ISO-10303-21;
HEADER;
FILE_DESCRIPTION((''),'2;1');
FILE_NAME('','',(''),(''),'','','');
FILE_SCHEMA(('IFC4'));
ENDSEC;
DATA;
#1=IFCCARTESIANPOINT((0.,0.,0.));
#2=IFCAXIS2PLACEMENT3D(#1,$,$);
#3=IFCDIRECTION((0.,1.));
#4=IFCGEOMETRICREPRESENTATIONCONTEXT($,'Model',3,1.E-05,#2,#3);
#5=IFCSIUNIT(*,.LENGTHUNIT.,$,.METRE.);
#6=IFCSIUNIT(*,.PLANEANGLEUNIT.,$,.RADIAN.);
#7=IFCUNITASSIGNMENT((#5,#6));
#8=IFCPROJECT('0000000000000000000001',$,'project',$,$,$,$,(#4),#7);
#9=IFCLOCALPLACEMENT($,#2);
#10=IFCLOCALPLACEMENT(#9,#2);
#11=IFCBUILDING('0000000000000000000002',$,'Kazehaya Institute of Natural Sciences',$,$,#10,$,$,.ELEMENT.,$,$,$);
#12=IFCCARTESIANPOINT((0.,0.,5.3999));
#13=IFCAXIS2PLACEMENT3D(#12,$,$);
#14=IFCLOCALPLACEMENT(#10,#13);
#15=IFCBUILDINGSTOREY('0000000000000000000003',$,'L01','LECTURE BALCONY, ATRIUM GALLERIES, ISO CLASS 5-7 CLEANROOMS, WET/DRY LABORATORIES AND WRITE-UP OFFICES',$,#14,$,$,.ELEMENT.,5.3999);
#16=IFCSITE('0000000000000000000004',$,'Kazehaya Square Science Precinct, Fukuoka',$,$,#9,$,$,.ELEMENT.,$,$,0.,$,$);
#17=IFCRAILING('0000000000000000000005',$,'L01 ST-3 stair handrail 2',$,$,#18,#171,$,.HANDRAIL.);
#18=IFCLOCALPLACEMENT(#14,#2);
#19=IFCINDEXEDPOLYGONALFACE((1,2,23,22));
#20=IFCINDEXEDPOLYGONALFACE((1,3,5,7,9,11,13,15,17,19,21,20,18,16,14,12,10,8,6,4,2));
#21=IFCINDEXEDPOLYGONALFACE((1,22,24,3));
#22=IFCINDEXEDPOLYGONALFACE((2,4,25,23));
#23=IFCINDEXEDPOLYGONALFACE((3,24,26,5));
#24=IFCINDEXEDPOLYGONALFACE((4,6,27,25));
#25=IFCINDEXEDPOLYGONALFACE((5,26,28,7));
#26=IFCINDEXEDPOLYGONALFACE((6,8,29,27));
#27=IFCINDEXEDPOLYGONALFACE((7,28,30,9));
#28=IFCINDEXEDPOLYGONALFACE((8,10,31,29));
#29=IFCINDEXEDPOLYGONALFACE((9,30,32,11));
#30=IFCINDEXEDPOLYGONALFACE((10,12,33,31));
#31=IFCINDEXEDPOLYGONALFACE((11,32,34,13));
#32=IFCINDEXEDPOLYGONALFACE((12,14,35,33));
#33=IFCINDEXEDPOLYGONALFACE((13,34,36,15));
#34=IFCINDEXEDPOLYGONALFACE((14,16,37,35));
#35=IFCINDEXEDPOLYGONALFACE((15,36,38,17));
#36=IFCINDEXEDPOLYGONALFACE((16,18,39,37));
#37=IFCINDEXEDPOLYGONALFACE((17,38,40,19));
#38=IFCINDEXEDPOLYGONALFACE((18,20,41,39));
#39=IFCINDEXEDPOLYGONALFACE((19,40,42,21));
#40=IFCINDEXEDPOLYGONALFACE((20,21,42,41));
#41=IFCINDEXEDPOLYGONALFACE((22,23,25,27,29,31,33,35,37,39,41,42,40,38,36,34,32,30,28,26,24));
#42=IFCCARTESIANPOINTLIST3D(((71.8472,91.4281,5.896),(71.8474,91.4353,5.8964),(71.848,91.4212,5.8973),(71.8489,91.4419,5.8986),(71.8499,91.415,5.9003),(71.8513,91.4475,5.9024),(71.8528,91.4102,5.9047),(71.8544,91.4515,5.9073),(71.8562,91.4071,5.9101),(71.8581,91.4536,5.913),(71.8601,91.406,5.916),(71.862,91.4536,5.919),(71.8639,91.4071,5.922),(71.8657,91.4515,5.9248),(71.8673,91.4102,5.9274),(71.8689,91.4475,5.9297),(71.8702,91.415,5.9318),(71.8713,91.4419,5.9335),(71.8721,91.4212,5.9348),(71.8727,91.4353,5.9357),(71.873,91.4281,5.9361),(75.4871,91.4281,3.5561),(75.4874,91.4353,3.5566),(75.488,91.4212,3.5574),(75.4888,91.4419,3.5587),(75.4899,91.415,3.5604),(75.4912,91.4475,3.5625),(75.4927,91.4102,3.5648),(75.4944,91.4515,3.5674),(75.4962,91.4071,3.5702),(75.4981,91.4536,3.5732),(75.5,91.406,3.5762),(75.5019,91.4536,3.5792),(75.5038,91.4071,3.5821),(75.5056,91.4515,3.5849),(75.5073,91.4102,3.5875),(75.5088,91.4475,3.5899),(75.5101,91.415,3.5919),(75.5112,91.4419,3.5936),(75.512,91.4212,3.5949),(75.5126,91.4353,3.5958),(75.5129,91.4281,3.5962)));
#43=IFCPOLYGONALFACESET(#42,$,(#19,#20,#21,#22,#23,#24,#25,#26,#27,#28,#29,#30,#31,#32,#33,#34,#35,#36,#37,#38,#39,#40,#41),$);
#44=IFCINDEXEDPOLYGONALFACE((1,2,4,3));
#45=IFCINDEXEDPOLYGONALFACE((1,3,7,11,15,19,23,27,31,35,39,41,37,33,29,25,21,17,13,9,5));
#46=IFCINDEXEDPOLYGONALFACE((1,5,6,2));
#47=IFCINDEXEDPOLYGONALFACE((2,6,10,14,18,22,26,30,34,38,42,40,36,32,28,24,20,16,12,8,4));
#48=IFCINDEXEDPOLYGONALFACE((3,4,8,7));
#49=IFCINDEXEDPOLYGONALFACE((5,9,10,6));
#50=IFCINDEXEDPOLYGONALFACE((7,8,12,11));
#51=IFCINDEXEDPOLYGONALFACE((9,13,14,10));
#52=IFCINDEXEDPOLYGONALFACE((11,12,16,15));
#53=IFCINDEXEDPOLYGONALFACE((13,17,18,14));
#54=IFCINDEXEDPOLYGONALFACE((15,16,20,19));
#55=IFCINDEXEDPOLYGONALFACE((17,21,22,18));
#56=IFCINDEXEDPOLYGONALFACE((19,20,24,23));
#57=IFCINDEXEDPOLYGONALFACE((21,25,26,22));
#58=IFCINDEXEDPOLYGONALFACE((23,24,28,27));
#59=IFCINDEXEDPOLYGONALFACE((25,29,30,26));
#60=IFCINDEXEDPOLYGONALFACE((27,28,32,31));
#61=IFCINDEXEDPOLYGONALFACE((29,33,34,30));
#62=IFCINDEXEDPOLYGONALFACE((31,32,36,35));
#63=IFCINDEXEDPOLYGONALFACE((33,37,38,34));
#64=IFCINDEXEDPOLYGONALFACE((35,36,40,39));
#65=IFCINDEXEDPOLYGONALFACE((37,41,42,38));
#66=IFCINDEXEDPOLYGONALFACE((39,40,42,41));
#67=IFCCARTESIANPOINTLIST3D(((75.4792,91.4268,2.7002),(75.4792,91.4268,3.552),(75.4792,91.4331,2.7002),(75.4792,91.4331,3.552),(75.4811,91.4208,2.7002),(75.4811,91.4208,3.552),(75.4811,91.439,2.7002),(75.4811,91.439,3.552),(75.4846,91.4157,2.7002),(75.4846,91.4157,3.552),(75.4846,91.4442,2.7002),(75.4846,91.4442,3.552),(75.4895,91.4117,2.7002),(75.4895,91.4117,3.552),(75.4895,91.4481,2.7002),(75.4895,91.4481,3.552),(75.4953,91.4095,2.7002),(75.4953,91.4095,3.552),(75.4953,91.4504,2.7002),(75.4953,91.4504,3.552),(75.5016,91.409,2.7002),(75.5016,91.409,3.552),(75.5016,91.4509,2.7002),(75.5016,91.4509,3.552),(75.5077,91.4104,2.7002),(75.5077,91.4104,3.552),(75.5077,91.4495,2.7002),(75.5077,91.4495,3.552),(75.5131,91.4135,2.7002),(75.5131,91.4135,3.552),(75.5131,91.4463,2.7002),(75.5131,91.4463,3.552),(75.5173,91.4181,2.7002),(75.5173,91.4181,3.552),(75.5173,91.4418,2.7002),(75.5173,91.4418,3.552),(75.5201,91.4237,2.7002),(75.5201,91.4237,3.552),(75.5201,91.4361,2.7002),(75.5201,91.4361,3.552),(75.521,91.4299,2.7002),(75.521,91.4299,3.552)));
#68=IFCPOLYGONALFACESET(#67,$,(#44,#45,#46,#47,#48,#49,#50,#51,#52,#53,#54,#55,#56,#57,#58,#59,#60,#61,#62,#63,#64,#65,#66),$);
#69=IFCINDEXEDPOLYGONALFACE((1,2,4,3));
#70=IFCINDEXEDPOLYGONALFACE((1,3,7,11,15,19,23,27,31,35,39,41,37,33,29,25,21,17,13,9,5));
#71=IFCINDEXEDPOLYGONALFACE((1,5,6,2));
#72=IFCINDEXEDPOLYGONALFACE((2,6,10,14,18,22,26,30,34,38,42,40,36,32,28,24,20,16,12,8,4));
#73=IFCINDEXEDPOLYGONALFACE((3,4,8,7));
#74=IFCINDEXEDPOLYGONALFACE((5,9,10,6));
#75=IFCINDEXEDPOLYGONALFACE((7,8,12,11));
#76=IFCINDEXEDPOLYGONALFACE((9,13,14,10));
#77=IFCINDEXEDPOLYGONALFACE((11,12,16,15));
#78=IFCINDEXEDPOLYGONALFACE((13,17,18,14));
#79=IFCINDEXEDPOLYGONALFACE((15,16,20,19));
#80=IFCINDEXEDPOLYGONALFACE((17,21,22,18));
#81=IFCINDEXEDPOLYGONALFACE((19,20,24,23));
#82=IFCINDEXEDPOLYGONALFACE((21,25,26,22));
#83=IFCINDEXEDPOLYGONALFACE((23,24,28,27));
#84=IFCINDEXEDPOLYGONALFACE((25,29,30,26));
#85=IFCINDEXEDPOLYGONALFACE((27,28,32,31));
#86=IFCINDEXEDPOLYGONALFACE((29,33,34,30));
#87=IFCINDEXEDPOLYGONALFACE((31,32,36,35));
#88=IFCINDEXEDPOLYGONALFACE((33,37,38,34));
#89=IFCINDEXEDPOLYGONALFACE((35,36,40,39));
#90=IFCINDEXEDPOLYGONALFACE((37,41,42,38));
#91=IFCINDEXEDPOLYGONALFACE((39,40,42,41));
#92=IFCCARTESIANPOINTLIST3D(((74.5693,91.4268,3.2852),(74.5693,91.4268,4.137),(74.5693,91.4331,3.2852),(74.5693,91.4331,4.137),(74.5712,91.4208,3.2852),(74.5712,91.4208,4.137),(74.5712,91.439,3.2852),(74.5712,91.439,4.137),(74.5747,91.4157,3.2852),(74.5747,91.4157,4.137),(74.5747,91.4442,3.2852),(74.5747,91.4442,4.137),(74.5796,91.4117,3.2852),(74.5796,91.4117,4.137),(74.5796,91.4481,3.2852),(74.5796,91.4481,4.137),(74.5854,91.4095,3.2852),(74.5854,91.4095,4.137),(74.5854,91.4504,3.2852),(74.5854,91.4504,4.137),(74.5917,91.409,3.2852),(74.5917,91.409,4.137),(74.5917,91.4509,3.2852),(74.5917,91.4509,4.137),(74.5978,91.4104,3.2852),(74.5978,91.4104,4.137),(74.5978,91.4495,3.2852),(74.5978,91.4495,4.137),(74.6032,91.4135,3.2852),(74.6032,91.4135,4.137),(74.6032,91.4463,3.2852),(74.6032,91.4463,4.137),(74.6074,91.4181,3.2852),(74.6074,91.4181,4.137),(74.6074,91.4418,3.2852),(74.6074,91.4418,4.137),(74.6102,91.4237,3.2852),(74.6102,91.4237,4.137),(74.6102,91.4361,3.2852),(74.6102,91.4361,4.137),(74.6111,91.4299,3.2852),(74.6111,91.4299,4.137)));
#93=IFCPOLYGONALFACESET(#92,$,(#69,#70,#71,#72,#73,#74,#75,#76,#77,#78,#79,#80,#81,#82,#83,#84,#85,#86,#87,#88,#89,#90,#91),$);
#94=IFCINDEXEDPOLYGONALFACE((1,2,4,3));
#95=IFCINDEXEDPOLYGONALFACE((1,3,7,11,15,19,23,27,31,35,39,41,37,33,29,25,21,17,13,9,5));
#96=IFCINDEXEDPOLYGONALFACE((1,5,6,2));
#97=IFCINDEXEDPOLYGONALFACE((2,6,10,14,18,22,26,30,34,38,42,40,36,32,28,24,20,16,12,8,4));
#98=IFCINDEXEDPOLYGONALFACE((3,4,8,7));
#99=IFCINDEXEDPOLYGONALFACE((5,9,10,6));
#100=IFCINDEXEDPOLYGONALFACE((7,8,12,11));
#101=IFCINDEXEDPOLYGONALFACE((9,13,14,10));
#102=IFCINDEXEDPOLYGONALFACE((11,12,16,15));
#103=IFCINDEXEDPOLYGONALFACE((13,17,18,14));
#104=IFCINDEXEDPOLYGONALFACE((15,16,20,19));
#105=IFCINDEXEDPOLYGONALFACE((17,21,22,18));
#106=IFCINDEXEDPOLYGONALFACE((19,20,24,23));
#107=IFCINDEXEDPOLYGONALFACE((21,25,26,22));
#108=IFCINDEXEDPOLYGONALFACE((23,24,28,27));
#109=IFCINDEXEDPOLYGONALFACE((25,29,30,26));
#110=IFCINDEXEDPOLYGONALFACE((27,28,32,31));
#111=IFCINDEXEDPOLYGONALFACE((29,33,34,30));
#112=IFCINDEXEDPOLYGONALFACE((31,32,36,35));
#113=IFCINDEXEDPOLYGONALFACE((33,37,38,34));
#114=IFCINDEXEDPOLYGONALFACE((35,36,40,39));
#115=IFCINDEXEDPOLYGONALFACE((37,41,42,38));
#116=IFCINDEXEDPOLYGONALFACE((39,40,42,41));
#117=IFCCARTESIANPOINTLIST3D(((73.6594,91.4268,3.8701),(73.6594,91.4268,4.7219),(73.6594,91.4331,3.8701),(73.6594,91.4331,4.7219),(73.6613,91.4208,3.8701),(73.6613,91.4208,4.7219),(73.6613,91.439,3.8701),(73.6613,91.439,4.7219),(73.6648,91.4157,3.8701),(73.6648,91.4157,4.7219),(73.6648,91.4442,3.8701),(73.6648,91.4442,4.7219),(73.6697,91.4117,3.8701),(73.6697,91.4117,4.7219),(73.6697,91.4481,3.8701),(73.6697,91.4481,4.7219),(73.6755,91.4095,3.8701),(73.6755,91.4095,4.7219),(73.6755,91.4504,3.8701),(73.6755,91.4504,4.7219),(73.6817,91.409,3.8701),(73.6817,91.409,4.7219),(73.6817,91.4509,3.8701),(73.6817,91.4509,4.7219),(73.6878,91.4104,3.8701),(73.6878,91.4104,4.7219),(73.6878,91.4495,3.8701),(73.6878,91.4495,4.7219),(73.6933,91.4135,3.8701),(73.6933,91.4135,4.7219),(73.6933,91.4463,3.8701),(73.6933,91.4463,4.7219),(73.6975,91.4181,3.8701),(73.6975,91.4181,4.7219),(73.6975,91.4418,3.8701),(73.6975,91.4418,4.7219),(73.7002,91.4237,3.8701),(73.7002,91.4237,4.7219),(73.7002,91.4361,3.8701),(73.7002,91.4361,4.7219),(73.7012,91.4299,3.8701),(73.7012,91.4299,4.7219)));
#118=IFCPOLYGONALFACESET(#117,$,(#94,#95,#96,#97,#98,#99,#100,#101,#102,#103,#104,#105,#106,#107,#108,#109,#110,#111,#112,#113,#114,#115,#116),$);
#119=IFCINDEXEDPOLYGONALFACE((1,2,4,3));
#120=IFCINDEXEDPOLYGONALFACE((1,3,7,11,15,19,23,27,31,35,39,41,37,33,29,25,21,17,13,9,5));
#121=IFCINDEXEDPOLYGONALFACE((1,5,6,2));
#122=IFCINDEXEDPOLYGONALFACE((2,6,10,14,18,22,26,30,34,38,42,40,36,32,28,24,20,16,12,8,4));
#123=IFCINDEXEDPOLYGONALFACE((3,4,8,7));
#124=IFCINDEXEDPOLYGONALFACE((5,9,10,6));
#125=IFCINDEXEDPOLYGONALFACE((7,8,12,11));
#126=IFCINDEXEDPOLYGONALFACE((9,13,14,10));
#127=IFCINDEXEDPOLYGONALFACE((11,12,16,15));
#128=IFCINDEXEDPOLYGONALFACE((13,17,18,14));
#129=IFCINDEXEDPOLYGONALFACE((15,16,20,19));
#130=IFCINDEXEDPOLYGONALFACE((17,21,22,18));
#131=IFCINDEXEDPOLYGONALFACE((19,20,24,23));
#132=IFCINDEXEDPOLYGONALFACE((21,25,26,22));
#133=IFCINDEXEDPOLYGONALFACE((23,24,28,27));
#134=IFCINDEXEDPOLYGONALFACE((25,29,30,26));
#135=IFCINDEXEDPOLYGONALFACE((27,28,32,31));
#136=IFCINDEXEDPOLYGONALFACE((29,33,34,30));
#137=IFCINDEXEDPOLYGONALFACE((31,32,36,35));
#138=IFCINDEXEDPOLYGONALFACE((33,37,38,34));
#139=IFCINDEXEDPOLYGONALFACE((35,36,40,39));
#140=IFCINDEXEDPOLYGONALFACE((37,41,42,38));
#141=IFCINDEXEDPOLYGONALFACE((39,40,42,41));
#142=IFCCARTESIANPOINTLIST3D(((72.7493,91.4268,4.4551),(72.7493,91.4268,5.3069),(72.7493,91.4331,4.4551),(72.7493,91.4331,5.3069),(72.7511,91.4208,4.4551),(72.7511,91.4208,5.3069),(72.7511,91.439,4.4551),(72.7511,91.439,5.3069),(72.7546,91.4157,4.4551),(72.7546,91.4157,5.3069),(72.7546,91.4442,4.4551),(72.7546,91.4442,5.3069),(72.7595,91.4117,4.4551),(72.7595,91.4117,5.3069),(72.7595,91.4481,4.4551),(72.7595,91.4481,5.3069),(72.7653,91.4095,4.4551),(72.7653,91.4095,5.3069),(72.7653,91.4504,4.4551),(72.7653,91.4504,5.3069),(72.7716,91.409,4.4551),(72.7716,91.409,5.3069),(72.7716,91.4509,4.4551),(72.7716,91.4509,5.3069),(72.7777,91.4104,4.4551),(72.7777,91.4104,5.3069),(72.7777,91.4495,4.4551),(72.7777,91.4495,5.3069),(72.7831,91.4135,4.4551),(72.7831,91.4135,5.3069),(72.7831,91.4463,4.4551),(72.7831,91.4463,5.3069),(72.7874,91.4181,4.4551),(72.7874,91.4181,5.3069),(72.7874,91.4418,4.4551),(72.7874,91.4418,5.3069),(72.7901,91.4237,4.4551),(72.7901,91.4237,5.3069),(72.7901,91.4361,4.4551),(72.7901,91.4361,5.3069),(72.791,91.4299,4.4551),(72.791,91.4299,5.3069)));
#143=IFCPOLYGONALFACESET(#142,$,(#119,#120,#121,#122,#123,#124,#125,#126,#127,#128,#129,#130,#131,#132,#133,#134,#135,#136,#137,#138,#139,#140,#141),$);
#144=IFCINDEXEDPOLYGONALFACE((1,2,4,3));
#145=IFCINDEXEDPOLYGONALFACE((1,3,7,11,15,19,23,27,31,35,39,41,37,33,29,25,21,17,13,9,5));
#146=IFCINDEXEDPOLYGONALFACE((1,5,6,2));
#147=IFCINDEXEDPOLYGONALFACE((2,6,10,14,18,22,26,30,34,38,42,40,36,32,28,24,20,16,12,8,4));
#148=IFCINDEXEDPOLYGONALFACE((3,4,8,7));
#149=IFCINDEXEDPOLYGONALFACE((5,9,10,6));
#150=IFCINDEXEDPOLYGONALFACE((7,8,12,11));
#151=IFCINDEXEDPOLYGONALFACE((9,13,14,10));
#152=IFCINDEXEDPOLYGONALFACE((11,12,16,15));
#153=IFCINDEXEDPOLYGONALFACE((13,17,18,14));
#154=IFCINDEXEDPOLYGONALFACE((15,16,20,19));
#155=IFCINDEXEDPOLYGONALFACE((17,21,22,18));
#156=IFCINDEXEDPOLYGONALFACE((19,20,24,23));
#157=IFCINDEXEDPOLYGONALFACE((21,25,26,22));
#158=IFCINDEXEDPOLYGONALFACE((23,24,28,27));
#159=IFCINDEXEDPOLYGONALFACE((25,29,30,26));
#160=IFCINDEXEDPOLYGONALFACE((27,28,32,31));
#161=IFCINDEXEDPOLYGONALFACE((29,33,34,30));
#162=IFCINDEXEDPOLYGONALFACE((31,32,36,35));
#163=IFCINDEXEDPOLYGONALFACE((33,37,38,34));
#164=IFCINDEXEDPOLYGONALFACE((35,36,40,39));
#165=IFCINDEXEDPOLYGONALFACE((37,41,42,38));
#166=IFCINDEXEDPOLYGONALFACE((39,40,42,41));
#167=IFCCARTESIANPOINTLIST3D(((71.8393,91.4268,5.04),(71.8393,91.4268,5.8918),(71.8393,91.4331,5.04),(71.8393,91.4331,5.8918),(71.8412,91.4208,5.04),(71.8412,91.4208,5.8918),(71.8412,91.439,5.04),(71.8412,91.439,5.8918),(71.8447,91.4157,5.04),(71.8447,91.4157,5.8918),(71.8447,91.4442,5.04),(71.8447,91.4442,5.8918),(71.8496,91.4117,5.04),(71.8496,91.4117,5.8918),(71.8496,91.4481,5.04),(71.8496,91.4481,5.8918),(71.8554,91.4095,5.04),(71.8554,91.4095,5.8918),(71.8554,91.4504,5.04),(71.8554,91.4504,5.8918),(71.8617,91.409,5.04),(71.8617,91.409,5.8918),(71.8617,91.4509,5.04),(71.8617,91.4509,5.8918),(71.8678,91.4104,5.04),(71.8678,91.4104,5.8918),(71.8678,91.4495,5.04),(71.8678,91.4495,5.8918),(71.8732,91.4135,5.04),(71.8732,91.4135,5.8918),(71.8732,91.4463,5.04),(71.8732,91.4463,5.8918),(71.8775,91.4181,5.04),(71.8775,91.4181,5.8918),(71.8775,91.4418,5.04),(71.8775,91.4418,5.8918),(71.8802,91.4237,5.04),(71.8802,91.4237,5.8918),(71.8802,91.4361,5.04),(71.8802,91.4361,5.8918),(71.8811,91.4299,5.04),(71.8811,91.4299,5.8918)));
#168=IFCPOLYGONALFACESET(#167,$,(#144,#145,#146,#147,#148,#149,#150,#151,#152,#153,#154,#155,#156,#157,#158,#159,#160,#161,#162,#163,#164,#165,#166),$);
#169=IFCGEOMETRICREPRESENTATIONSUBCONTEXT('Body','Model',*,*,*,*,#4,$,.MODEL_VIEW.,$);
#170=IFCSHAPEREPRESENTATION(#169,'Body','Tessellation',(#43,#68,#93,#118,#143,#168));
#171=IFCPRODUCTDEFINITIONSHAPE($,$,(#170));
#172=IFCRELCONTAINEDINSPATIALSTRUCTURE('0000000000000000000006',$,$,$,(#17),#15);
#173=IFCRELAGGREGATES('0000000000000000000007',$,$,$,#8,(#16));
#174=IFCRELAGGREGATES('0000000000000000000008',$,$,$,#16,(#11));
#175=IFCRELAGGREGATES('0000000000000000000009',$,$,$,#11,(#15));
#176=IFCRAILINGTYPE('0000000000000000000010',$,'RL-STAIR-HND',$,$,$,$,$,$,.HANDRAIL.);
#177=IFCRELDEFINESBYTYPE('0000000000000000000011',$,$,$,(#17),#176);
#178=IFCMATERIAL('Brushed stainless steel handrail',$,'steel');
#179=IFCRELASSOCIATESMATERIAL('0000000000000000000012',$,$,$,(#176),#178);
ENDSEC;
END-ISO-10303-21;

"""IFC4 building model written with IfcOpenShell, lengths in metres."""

from ifc_helpers import new_model, si_unit, direction, frame, origin, origin_2d, place, context, subcontext, project, spatial, circle, extrude, material, type_object, element, save


model = new_model("IFC4")

# Units and contexts
model_context = context("Model", 3, precision=1e-05, world=origin(), true_north=direction((0.0, 1.0)))
body_context = subcontext(model_context, "Body", "Model", "MODEL_VIEW")
ifc_project = project(units=[si_unit("LENGTHUNIT", "METRE"), si_unit("PLANEANGLEUNIT", "RADIAN")], contexts=[model_context])

# Site, building, storey
site_placement = place(None, origin())
site = spatial("IfcSite", under=ifc_project, at=site_placement, Name="Kazehaya Square Science Precinct, Fukuoka", CompositionType="ELEMENT", RefElevation=0.0)
building_placement = place(site_placement, origin())
building = spatial("IfcBuilding", under=site, at=building_placement, Name="Kazehaya Institute of Natural Sciences", CompositionType="ELEMENT")
storey_placement = place(building_placement, frame((0.0, 0.0, 5.3999)))
storey = spatial("IfcBuildingStorey", under=building, at=storey_placement, Name="L01", Description="LECTURE BALCONY, ATRIUM GALLERIES, ISO CLASS 5-7 CLEANROOMS, WET/DRY LABORATORIES AND WRITE-UP OFFICES", CompositionType="ELEMENT", Elevation=5.3999)

# Railing
ifc_material_1 = material(Name="Brushed stainless steel handrail", Category="steel")
railing_type_1 = type_object("IfcRailingType", Name="RL-STAIR-HND", PredefinedType="HANDRAIL", material=ifc_material_1)
railing_1_placement = place(storey_placement, frame((75.5, 91.4299, 2.7002)))
element("IfcRailing", 1, at=railing_1_placement, inside=storey, type_object=railing_type_1, Name="L01 ST-3 stair handrail 2", PredefinedType="HANDRAIL", context=body_context, shape_type="SweptSolid", body=[
    extrude(circle(Radius=0.0239, at=origin_2d()), frame((0.0, 0.0, 0.876), z_axis=(-0.841188, 0.0, 0.540743), x_axis=(0.0, -1.0, 0.0)), (0.0, 0.0, 1.0), 4.3271),
    extrude(circle(Radius=0.021, at=origin_2d()), origin(), (0.0, 0.0, 1.0), 0.8518),
    extrude(circle(Radius=0.021, at=origin_2d()), frame((-0.9099, 0.0, 0.585)), (0.0, 0.0, 1.0), 0.8518),
    extrude(circle(Radius=0.021, at=origin_2d()), frame((-1.8198, 0.0, 1.1699)), (0.0, 0.0, 1.0), 0.8518),
    extrude(circle(Radius=0.021, at=origin_2d()), frame((-2.73, 0.0, 1.7549)), (0.0, 0.0, 1.0), 0.8518),
    extrude(circle(Radius=0.021, at=origin_2d()), frame((-3.6399, 0.0, 2.3398)), (0.0, 0.0, 1.0), 0.8518),
])

save(model, "model.ifc")
